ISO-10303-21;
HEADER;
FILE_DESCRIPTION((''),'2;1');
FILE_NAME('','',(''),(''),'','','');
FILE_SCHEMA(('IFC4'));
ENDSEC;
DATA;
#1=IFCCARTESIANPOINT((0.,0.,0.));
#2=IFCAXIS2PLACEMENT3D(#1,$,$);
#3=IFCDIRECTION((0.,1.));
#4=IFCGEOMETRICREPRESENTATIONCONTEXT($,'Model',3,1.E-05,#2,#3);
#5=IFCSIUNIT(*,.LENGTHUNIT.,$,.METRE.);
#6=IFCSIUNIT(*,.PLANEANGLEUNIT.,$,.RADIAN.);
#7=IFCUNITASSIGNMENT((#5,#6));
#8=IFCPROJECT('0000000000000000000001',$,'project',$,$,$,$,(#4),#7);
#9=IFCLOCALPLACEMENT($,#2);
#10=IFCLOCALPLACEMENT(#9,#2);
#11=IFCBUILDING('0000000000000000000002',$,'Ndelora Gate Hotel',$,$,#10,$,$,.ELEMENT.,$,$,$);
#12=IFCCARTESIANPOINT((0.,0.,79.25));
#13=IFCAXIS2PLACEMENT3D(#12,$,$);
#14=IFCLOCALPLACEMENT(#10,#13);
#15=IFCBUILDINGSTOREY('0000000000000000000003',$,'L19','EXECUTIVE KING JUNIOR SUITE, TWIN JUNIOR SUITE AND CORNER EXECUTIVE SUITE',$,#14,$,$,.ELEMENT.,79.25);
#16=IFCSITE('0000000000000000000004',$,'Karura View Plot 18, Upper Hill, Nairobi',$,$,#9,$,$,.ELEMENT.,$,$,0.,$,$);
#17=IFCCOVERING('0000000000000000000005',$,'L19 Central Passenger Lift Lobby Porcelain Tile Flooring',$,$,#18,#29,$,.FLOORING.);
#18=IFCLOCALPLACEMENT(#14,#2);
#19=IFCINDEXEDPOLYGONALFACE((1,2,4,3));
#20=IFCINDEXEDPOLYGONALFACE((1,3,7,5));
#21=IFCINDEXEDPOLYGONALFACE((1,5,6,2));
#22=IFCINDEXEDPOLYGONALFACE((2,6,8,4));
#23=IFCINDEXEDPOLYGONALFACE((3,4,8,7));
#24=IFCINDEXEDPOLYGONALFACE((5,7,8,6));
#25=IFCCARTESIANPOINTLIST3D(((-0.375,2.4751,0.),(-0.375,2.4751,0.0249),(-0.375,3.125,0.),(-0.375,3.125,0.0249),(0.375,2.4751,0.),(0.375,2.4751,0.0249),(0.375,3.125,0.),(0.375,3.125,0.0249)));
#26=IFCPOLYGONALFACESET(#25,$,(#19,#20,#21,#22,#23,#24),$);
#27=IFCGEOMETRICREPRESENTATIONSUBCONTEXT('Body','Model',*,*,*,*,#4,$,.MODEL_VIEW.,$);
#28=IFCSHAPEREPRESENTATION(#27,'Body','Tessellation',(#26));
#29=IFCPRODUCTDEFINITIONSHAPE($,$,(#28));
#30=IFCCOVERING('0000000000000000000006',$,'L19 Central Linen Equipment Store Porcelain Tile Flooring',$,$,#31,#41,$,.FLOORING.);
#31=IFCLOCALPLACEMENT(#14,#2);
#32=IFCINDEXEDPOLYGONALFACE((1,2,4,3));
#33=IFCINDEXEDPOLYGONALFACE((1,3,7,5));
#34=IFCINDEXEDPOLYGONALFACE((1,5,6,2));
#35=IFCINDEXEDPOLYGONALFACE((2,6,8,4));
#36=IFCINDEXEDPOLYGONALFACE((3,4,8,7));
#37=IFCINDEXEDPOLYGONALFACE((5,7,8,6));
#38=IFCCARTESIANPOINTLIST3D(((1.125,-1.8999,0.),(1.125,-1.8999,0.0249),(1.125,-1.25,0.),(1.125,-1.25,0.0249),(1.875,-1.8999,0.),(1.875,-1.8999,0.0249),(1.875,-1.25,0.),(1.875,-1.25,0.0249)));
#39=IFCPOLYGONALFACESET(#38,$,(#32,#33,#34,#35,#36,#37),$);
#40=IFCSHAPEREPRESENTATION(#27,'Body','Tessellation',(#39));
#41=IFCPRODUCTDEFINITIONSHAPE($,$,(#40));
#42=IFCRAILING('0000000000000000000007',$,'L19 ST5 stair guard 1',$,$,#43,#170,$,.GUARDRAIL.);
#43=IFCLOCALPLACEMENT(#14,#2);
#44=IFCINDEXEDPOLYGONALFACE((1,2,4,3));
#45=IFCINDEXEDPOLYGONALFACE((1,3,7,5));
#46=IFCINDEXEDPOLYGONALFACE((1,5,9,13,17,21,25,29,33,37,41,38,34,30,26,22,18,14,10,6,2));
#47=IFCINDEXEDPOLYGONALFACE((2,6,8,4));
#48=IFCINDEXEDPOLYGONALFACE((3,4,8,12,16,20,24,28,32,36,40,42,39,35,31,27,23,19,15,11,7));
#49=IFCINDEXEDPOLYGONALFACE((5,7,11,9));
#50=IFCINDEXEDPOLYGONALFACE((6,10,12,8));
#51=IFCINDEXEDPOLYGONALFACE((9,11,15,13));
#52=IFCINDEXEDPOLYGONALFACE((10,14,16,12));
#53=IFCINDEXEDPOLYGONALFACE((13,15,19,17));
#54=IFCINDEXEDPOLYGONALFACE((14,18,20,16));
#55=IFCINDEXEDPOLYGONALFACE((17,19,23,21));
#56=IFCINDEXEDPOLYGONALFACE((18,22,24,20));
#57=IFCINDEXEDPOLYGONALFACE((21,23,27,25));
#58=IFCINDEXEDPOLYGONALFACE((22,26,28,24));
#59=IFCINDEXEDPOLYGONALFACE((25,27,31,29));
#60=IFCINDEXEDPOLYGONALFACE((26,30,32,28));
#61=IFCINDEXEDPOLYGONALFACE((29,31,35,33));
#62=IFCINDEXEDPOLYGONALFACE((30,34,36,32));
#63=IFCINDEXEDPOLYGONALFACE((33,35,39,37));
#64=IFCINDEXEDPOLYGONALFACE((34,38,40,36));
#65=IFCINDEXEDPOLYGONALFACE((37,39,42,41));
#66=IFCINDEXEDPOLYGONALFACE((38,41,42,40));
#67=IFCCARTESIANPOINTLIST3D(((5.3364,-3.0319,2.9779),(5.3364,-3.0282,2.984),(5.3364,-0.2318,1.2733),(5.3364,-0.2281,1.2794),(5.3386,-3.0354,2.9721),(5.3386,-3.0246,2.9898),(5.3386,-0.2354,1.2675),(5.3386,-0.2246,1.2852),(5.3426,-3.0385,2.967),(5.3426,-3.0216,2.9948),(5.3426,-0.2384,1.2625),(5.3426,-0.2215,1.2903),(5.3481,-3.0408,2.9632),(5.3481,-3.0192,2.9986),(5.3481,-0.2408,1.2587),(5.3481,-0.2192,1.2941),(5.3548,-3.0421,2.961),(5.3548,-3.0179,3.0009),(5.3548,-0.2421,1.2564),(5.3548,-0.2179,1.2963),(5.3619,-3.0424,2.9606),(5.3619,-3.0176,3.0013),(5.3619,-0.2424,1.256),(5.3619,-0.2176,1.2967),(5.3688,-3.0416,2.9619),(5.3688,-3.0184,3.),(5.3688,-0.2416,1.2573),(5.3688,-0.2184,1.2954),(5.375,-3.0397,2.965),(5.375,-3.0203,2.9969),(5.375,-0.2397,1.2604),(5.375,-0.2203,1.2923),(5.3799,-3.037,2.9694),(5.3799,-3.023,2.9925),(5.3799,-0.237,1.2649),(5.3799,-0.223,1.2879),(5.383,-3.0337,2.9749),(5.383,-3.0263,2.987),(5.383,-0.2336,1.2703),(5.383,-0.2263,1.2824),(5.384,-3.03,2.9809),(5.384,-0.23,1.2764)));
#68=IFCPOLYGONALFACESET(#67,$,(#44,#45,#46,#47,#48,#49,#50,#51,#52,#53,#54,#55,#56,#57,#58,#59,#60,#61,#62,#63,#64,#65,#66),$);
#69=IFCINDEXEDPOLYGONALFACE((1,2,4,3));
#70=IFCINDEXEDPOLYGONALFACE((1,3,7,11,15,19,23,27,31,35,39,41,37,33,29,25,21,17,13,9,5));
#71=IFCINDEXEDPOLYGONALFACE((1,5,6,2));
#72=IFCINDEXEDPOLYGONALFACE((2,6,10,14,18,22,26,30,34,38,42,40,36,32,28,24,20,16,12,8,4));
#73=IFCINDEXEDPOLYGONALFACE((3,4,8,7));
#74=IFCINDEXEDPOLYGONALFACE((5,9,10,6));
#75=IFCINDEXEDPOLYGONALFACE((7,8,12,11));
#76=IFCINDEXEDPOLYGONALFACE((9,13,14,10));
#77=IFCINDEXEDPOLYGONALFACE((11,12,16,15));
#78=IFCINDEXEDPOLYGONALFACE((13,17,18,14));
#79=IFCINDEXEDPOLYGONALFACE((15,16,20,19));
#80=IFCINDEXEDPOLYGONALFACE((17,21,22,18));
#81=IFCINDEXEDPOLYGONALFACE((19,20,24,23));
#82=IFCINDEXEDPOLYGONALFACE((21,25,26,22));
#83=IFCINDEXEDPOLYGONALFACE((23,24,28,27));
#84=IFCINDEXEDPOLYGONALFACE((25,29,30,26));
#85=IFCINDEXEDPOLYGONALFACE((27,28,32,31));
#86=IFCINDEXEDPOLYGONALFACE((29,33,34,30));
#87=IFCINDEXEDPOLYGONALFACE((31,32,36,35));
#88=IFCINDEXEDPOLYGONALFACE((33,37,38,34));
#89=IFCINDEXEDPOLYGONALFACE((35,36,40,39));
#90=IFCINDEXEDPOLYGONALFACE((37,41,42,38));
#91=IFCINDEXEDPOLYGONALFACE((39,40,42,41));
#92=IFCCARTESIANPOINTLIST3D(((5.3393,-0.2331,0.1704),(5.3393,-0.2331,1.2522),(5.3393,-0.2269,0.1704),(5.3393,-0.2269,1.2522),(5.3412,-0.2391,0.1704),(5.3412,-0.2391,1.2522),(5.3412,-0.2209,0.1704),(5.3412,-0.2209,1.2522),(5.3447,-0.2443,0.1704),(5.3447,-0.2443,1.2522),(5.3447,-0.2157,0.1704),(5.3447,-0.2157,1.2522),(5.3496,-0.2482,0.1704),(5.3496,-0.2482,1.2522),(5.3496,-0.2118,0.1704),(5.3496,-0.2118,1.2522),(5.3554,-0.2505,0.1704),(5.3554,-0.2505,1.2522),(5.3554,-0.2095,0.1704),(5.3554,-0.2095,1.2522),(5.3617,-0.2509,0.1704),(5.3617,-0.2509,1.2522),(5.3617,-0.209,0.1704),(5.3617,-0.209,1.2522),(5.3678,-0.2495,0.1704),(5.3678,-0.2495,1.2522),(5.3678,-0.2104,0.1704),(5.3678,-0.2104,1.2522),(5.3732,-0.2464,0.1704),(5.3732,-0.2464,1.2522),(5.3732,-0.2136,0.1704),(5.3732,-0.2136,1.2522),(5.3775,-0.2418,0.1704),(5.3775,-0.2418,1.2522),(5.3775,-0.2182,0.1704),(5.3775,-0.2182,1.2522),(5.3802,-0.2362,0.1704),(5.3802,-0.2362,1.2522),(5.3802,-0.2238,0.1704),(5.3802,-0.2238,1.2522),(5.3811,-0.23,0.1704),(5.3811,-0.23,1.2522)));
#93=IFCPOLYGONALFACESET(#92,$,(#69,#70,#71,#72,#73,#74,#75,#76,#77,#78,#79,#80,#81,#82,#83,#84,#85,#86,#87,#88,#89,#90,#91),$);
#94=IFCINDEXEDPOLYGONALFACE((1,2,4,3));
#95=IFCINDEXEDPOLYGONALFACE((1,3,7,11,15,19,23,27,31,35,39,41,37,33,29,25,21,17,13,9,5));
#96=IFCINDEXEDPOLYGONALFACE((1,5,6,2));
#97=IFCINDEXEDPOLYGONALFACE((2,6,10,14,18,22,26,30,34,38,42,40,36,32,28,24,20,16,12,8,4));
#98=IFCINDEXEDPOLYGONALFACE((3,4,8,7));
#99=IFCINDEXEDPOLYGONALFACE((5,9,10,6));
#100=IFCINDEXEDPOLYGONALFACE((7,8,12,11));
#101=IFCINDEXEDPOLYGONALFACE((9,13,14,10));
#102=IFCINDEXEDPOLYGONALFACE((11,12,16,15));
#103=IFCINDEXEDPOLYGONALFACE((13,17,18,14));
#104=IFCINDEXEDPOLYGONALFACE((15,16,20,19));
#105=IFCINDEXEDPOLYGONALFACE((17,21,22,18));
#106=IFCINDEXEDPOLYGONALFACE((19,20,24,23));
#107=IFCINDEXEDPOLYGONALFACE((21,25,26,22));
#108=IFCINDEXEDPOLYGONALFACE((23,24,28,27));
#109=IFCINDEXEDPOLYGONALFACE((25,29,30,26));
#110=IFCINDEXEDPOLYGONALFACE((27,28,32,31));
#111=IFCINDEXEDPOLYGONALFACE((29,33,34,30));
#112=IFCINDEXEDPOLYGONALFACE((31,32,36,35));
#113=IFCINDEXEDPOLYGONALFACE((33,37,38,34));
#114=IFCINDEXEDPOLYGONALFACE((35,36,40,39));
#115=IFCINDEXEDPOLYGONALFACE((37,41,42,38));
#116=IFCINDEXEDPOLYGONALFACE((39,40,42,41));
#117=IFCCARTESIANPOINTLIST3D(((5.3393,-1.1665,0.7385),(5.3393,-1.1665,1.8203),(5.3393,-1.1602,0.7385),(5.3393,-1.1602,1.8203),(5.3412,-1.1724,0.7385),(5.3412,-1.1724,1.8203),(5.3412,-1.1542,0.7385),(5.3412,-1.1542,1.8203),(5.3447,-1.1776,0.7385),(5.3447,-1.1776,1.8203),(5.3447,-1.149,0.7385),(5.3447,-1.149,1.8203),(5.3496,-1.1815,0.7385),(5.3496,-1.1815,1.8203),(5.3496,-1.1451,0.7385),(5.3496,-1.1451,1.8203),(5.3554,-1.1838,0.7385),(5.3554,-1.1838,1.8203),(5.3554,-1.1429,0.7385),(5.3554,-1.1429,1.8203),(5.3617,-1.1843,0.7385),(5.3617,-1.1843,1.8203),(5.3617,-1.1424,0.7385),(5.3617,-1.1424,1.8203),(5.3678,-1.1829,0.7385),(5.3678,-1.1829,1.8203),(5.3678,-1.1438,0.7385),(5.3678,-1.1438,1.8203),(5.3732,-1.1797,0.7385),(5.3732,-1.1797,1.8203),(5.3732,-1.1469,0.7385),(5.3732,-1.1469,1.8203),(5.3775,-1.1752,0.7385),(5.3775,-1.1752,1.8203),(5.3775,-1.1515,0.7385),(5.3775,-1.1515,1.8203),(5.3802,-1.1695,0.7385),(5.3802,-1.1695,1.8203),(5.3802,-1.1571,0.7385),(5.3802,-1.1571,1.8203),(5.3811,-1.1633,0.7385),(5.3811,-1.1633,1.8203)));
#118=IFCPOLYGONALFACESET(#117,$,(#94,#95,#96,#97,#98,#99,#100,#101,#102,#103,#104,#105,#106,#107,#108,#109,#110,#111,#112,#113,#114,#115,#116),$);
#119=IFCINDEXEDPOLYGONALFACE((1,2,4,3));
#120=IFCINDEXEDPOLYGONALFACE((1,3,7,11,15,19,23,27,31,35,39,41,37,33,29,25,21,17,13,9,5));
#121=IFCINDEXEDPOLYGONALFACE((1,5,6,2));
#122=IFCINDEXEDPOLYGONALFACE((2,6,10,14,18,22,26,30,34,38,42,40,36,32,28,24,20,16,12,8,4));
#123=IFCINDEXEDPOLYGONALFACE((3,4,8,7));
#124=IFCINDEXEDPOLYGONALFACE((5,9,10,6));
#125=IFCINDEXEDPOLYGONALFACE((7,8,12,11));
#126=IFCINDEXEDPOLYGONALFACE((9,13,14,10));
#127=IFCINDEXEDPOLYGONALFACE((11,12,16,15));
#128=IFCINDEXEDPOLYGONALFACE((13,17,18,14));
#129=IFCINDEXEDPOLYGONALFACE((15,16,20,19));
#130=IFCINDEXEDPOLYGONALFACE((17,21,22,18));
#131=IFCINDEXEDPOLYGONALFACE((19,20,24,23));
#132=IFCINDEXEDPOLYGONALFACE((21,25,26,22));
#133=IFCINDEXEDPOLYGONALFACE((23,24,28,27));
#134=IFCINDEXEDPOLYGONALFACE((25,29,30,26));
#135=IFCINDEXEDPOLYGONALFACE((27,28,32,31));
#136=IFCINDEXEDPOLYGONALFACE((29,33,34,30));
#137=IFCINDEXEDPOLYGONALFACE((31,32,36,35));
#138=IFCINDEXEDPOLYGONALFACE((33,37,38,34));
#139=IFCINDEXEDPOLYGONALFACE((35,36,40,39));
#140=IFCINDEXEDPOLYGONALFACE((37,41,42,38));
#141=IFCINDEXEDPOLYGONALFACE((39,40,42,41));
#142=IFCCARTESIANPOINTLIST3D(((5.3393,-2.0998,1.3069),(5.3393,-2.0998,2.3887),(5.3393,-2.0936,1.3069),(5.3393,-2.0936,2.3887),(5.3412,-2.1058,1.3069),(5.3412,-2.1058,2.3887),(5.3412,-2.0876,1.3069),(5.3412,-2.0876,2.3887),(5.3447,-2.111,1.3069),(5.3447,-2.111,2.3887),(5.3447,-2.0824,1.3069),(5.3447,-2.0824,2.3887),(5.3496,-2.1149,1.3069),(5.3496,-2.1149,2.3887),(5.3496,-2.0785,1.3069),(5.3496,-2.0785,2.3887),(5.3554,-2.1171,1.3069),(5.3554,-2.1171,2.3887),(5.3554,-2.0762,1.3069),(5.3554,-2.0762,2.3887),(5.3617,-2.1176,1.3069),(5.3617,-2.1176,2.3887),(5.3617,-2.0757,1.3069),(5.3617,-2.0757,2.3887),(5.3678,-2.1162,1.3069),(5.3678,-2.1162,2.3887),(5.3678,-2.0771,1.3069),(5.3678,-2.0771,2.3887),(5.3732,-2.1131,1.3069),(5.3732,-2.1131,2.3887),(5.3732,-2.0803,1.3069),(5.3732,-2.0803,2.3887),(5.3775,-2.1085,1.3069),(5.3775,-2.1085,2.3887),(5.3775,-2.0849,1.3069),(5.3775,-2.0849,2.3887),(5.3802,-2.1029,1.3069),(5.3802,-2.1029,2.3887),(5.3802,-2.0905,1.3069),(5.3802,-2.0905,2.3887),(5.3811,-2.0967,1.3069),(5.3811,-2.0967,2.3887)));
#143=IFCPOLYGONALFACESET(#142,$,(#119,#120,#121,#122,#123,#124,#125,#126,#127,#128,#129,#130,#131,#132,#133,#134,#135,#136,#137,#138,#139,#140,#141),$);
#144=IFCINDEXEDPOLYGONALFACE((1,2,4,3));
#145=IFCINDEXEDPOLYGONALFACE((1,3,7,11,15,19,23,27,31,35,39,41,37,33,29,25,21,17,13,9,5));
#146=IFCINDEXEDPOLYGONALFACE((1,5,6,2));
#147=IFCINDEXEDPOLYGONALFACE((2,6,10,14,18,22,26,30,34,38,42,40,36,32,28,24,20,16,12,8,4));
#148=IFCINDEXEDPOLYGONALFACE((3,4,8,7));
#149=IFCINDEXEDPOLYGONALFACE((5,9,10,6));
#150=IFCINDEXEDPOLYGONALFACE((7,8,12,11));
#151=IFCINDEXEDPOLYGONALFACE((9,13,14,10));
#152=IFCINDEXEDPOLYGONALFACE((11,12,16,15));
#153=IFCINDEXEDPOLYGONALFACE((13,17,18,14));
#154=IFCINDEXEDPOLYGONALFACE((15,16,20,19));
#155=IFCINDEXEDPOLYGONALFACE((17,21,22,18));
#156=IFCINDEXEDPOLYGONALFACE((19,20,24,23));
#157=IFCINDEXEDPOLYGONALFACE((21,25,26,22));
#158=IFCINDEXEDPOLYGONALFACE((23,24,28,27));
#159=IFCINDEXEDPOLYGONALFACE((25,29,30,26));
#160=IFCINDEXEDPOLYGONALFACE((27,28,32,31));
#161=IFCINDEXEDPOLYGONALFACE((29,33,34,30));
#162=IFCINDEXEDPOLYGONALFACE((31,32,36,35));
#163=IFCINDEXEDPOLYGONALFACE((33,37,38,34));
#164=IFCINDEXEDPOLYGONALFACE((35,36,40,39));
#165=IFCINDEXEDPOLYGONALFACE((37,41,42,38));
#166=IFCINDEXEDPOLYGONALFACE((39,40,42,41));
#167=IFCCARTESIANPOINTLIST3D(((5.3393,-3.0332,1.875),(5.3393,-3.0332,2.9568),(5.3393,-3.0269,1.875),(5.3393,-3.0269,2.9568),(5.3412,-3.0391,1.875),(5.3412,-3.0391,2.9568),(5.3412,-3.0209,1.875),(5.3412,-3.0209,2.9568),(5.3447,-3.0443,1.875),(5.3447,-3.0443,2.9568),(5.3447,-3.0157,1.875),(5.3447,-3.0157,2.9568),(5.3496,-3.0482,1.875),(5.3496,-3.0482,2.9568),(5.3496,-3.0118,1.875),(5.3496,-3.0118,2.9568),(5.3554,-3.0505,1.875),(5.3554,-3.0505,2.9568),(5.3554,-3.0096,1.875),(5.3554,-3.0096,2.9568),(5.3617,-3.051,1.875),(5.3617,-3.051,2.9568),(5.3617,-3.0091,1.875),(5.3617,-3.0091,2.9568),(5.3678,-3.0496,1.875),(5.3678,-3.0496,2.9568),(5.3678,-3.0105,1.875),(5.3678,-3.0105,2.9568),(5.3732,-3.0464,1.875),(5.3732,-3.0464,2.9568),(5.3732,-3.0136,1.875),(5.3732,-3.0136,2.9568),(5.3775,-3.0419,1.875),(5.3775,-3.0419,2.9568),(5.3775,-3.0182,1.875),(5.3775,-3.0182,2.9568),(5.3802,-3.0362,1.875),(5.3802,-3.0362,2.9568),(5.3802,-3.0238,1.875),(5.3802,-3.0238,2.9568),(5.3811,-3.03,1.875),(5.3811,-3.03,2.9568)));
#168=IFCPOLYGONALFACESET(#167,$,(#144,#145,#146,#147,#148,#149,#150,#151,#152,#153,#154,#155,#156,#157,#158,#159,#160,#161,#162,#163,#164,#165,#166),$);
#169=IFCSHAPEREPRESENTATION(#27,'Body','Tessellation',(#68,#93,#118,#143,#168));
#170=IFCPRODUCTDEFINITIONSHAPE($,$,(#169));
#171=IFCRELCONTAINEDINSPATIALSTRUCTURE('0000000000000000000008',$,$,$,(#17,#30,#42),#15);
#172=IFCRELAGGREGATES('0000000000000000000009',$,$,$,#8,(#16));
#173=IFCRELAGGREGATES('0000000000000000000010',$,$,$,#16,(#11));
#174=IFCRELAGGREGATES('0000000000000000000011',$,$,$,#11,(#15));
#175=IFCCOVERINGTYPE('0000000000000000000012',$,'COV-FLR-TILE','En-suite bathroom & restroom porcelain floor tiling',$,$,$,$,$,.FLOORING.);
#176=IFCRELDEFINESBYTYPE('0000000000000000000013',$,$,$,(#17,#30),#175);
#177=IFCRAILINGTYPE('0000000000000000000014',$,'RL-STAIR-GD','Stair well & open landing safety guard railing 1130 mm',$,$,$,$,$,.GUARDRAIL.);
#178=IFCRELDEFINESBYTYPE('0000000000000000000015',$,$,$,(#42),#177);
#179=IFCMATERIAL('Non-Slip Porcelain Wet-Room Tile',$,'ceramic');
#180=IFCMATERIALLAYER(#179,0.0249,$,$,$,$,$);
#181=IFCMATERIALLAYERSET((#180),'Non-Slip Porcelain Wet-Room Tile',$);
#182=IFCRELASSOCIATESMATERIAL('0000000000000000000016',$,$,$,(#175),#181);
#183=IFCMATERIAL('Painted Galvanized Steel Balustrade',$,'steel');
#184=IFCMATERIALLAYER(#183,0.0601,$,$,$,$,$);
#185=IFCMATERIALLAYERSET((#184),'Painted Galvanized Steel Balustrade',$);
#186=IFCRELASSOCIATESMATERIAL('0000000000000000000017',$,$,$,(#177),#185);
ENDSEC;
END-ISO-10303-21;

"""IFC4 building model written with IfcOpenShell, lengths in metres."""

from ifc_helpers import new_model, si_unit, direction, frame, origin, origin_2d, place, context, subcontext, project, spatial, rectangle, circle, extrude, material, layer, layer_set, type_object, element, save


model = new_model("IFC4")

# Units and contexts
model_context = context("Model", 3, precision=1e-05, world=origin(), true_north=direction((0.0, 1.0)))
body_context = subcontext(model_context, "Body", "Model", "MODEL_VIEW")
ifc_project = project(units=[si_unit("LENGTHUNIT", "METRE"), si_unit("PLANEANGLEUNIT", "RADIAN")], contexts=[model_context])

# Site, building, storey
site_placement = place(None, origin())
site = spatial("IfcSite", under=ifc_project, at=site_placement, Name="Karura View Plot 18, Upper Hill, Nairobi", CompositionType="ELEMENT", RefElevation=0.0)
building_placement = place(site_placement, origin())
building = spatial("IfcBuilding", under=site, at=building_placement, Name="Ndelora Gate Hotel", CompositionType="ELEMENT")
storey_placement = place(building_placement, frame((0.0, 0.0, 79.25)))
storey = spatial("IfcBuildingStorey", under=building, at=storey_placement, Name="L19", Description="EXECUTIVE KING JUNIOR SUITE, TWIN JUNIOR SUITE AND CORNER EXECUTIVE SUITE", CompositionType="ELEMENT", Elevation=79.25)

# Coverings
ifc_material_1 = material(Name="Non-Slip Porcelain Wet-Room Tile", Category="ceramic")
ifc_layer_1 = layer(ifc_material_1, 0.0249)
ifc_layer_set_1 = layer_set([ifc_layer_1], Name="Non-Slip Porcelain Wet-Room Tile")
covering_type_1 = type_object("IfcCoveringType", Name="COV-FLR-TILE", Description="En-suite bathroom & restroom porcelain floor tiling", PredefinedType="FLOORING", material=ifc_layer_set_1)
for number, where, z_axis, x_axis, name in (
    (1, (0.0, 2.8, 0.0), (0.0, 0.0, 1.0), (1.0, 0.0, 0.0), "L19 Central Passenger Lift Lobby Porcelain Tile Flooring"),
    (2, (1.5, -1.575, 0.0), (0.0, 0.0, 1.0), (1.0, 0.0, 0.0), "L19 Central Linen Equipment Store Porcelain Tile Flooring"),
):
    element("IfcCovering", number, at=place(storey_placement, frame(where, z_axis=z_axis, x_axis=x_axis)), inside=storey, type_object=covering_type_1, Name=name, PredefinedType="FLOORING", context=body_context, shape_type="SweptSolid", body=[
        extrude(rectangle(XDim=0.75, YDim=0.6499, at=origin_2d()), origin(), (0.0, 0.0, 1.0), 0.0249),
    ])

# Railing
ifc_material_2 = material(Name="Painted Galvanized Steel Balustrade", Category="steel")
ifc_layer_2 = layer(ifc_material_2, 0.0601)
ifc_layer_set_2 = layer_set([ifc_layer_2], Name="Painted Galvanized Steel Balustrade")
railing_type_1 = type_object("IfcRailingType", Name="RL-STAIR-GD", Description="Stair well & open landing safety guard railing 1130 mm", PredefinedType="GUARDRAIL", material=ifc_layer_set_2)
railing_1_placement = place(storey_placement, frame((5.3601, -0.23, 0.1704)))
element("IfcRailing", 3, at=railing_1_placement, inside=storey, type_object=railing_type_1, Name="L19 ST5 stair guard 1", PredefinedType="GUARDRAIL", context=body_context, shape_type="SweptSolid", body=[
    extrude(circle(Radius=0.0239, at=origin_2d()), frame((0.0, 0.0, 1.106), z_axis=(0.0, -0.85417, 0.519994), x_axis=(1.0, 0.0, 0.0)), (0.0, 0.0, 1.0), 3.2781),
    extrude(circle(Radius=0.021, at=origin_2d()), origin(), (0.0, 0.0, 1.0), 1.0818),
    extrude(circle(Radius=0.021, at=origin_2d()), frame((0.0, -0.9333, 0.5681)), (0.0, 0.0, 1.0), 1.0818),
    extrude(circle(Radius=0.021, at=origin_2d()), frame((0.0, -1.8667, 1.1365)), (0.0, 0.0, 1.0), 1.0818),
    extrude(circle(Radius=0.021, at=origin_2d()), frame((0.0, -2.8, 1.7046)), (0.0, 0.0, 1.0), 1.0818),
])

save(model, "model.ifc")
